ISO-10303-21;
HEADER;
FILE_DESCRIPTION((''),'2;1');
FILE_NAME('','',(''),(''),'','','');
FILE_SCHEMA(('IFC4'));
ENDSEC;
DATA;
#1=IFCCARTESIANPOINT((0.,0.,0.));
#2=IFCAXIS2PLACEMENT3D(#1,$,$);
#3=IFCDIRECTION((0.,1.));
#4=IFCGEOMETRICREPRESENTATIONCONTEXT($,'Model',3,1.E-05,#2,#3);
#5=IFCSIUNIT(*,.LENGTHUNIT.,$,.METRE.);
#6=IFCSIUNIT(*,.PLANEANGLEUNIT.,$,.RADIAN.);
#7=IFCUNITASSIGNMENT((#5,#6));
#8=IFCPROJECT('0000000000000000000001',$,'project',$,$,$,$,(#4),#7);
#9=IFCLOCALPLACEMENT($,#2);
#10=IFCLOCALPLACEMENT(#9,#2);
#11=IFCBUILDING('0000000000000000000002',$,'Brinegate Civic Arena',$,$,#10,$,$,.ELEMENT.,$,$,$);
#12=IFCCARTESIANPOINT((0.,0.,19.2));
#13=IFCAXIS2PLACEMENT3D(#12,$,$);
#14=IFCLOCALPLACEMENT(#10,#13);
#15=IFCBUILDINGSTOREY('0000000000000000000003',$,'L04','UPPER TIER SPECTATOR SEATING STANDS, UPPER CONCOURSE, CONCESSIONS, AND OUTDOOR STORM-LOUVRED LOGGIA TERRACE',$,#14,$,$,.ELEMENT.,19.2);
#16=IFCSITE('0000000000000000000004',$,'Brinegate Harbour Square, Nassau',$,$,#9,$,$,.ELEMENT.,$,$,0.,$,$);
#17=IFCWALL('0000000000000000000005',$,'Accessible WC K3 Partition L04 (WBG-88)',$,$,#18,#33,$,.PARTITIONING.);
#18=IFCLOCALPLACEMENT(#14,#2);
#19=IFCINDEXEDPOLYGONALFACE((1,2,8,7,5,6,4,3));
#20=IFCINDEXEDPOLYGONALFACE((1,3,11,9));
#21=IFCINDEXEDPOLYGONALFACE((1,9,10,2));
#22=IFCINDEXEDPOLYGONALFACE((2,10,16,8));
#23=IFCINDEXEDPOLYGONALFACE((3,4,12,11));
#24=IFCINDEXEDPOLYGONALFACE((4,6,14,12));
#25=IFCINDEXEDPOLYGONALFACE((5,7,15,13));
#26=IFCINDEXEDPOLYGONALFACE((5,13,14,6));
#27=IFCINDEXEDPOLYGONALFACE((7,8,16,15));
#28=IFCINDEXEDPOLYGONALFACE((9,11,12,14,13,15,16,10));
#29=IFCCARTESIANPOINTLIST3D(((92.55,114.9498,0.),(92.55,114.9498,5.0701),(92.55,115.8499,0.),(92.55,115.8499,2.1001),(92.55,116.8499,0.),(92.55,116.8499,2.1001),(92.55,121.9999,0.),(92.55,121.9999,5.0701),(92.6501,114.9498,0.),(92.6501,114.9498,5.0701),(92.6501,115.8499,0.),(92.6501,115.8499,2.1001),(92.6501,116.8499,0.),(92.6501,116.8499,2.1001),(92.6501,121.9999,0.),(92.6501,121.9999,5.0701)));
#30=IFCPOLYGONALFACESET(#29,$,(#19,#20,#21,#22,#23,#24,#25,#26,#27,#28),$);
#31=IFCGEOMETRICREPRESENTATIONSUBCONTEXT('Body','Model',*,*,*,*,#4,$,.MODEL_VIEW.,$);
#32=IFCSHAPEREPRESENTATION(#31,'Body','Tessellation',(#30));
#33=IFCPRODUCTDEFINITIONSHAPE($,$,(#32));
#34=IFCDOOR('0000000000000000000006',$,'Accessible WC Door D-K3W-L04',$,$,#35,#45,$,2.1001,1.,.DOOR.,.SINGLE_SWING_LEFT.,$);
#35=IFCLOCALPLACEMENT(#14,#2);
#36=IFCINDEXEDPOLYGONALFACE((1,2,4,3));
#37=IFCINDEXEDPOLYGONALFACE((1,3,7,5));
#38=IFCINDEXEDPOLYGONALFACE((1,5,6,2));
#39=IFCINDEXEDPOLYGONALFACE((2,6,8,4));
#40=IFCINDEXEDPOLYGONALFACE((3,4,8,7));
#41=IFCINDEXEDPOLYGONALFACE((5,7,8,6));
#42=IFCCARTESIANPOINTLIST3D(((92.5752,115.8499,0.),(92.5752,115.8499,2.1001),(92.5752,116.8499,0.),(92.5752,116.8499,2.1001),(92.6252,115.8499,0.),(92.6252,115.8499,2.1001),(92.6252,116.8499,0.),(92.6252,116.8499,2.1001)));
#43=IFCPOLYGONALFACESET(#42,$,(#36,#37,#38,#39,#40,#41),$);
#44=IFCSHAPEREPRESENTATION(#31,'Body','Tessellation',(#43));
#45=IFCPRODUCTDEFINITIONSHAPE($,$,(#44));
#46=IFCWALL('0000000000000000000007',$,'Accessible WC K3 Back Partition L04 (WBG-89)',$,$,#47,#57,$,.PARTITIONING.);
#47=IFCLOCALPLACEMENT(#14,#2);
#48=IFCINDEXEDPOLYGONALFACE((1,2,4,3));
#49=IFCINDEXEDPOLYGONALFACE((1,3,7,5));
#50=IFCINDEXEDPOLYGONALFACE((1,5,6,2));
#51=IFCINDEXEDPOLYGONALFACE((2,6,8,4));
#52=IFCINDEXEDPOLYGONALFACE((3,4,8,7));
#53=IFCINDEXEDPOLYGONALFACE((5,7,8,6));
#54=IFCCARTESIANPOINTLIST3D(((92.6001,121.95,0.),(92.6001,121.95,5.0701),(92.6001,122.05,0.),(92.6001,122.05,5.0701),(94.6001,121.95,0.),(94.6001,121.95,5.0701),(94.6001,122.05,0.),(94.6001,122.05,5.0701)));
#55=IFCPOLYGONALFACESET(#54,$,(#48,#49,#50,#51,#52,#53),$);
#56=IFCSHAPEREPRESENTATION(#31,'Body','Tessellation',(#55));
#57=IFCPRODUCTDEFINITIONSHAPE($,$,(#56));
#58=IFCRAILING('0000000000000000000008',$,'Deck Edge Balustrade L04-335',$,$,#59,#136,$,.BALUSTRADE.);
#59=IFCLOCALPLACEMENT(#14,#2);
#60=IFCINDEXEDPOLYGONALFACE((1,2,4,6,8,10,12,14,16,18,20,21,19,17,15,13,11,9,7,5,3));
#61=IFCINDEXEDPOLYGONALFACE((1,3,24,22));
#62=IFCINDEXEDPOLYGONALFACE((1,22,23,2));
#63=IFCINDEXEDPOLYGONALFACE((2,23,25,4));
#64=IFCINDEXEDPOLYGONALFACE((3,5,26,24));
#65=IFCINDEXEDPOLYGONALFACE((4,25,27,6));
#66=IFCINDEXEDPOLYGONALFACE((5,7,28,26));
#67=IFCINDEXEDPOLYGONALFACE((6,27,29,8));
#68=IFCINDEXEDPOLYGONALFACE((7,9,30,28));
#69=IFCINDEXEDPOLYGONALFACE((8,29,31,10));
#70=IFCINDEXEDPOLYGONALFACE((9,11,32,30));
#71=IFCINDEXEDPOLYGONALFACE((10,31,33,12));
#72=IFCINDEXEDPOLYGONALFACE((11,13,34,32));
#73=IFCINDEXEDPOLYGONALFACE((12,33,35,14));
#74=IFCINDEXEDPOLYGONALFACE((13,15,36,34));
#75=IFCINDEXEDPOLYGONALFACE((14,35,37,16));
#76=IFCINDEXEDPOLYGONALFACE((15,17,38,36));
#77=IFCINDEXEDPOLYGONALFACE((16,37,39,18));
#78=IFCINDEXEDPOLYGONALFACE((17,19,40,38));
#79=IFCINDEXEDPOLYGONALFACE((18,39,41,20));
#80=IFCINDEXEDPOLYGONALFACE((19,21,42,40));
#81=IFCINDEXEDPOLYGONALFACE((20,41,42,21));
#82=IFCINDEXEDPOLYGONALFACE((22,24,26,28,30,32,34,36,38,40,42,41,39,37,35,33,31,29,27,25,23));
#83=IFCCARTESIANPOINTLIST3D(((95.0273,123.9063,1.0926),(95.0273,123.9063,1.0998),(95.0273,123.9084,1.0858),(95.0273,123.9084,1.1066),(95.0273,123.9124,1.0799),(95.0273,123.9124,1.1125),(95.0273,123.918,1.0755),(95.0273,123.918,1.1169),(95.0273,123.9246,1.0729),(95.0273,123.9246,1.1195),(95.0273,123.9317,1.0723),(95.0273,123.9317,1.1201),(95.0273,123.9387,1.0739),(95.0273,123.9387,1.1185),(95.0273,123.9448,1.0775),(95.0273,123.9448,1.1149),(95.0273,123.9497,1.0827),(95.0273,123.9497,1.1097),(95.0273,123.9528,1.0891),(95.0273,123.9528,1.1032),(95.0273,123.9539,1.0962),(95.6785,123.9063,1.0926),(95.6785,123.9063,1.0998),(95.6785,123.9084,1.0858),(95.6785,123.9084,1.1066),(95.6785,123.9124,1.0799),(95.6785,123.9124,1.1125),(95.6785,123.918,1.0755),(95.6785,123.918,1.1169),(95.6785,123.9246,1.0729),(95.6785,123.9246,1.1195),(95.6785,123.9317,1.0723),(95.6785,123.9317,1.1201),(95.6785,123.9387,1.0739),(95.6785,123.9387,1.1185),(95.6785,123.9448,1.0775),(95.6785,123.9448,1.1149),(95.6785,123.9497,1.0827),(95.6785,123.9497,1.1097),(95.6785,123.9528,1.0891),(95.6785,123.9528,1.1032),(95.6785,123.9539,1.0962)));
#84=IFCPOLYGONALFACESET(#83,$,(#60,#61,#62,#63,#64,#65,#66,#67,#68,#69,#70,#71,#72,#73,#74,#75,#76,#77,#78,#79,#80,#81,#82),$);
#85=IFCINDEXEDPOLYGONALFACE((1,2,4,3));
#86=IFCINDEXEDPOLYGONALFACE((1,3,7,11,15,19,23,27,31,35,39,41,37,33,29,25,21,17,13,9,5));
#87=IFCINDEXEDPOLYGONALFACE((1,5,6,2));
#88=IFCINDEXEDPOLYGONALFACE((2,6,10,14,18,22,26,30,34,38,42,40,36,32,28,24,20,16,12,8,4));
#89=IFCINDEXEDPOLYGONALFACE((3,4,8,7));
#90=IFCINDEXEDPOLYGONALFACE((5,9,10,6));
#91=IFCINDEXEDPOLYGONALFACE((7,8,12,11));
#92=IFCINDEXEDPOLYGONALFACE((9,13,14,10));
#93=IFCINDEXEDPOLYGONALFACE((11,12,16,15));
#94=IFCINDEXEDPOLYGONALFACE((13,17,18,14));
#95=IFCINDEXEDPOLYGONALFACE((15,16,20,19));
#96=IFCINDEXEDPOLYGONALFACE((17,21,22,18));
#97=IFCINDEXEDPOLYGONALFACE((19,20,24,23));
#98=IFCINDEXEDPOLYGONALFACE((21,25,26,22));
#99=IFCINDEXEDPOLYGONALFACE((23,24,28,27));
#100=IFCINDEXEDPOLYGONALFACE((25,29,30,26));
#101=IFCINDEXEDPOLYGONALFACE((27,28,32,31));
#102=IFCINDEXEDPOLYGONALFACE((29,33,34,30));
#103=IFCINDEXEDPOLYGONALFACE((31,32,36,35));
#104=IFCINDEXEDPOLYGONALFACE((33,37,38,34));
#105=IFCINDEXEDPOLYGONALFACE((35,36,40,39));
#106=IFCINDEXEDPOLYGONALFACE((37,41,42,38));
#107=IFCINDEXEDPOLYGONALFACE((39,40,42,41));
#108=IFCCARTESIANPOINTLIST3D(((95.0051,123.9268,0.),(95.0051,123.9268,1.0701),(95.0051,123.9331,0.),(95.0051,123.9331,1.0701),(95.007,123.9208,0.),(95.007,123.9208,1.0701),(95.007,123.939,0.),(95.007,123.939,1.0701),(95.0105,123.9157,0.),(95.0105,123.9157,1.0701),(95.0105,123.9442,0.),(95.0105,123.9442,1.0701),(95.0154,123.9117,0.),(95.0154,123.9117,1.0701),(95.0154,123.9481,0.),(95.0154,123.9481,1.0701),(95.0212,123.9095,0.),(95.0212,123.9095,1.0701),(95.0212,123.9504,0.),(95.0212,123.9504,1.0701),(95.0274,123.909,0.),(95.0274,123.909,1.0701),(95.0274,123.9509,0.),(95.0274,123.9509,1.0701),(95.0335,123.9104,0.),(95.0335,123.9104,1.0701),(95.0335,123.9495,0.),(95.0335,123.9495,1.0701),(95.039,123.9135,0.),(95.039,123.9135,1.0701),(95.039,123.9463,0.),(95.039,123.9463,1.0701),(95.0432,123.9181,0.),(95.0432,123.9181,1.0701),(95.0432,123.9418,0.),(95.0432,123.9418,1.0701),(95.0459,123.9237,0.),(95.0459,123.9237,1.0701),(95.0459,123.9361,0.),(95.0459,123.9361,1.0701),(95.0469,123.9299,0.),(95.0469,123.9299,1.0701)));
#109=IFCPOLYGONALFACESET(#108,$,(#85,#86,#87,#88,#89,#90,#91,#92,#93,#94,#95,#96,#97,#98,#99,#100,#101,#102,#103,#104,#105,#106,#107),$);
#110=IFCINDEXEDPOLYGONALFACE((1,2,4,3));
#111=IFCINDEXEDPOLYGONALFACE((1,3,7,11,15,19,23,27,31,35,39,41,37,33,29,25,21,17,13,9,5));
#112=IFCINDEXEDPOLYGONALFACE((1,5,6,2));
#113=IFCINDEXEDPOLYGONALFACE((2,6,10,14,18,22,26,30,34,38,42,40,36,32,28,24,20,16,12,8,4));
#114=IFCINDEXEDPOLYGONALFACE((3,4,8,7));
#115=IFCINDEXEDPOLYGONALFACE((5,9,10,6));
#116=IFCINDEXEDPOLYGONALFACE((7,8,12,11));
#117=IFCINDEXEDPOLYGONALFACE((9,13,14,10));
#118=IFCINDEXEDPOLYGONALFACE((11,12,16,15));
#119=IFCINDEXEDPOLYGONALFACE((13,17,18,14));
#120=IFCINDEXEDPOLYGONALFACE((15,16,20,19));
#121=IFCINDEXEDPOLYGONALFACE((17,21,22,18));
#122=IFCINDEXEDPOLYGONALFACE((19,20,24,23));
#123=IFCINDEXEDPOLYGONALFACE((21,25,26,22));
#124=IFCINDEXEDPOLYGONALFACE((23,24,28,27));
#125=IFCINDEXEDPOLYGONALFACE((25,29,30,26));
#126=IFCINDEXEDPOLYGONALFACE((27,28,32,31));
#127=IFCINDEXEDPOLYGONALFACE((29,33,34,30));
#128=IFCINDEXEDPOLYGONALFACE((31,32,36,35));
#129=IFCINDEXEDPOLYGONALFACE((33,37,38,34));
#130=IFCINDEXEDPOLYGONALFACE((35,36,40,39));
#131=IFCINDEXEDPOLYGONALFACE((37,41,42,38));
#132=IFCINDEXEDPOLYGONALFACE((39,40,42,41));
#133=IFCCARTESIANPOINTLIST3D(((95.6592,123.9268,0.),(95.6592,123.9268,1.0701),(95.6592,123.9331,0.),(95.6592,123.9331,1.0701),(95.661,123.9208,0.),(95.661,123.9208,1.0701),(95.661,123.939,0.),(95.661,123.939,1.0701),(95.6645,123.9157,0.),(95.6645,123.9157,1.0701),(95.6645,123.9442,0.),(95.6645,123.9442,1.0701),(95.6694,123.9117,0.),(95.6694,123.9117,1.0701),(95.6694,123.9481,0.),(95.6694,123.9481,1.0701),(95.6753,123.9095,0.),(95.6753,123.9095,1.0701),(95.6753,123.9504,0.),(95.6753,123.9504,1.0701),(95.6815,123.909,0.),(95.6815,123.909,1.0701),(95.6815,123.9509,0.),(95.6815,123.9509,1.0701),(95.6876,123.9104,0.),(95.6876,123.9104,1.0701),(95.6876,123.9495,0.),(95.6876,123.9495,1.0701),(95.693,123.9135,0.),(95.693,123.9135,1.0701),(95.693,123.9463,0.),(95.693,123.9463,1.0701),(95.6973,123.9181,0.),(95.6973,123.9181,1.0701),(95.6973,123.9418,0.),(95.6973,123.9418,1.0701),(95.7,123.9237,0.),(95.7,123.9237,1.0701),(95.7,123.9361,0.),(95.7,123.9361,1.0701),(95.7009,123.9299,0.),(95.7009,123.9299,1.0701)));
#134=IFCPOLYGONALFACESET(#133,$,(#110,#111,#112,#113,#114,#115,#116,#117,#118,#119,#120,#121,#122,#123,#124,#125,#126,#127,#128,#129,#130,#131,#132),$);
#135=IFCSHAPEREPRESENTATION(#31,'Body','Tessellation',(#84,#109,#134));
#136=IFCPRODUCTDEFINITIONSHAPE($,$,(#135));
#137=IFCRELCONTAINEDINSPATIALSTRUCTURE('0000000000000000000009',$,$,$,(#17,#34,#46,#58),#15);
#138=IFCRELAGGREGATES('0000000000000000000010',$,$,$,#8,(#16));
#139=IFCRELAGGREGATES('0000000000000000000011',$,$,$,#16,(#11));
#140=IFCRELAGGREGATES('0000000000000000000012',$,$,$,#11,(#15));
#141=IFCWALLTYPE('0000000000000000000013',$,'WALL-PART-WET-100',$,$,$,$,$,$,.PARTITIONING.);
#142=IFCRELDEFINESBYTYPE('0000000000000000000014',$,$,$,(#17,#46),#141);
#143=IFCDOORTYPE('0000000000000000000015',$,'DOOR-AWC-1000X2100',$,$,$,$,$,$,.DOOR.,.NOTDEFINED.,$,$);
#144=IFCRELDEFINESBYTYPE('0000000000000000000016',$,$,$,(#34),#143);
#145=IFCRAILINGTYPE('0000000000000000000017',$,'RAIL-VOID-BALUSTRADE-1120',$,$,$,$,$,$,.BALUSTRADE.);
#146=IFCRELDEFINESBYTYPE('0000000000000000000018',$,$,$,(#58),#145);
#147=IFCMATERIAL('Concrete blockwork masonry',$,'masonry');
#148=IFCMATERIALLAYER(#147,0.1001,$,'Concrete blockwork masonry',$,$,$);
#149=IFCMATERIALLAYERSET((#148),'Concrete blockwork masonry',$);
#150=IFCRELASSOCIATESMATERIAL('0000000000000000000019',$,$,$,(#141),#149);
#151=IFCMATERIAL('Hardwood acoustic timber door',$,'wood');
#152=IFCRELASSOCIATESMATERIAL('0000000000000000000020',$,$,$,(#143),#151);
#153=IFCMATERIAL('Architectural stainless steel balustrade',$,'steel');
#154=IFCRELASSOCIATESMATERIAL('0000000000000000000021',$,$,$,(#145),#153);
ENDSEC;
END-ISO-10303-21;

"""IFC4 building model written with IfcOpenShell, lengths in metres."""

from ifc_helpers import new_model, si_unit, direction, frame, frame_2d, origin, origin_2d, place, context, subcontext, project, spatial, rectangle, circle, extrude, material, layer, layer_set, type_object, element, fill, save


model = new_model("IFC4")

# Units and contexts
model_context = context("Model", 3, precision=1e-05, world=origin(), true_north=direction((0.0, 1.0)))
body_context = subcontext(model_context, "Body", "Model", "MODEL_VIEW")
ifc_project = project(units=[si_unit("LENGTHUNIT", "METRE"), si_unit("PLANEANGLEUNIT", "RADIAN")], contexts=[model_context])

# Site, building, storey
site_placement = place(None, origin())
site = spatial("IfcSite", under=ifc_project, at=site_placement, Name="Brinegate Harbour Square, Nassau", CompositionType="ELEMENT", RefElevation=0.0)
building_placement = place(site_placement, origin())
building = spatial("IfcBuilding", under=site, at=building_placement, Name="Brinegate Civic Arena", CompositionType="ELEMENT")
storey_placement = place(building_placement, frame((0.0, 0.0, 19.2)))
storey = spatial("IfcBuildingStorey", under=building, at=storey_placement, Name="L04", Description="UPPER TIER SPECTATOR SEATING STANDS, UPPER CONCOURSE, CONCESSIONS, AND OUTDOOR STORM-LOUVRED LOGGIA TERRACE", CompositionType="ELEMENT", Elevation=19.2)

# Shared definitions
ifc_material_1 = material(Name="Architectural stainless steel balustrade", Category="steel")

# Wall, opening, door
ifc_material_2 = material(Name="Concrete blockwork masonry", Category="masonry")
ifc_layer_1 = layer(ifc_material_2, 0.1001, Name="Concrete blockwork masonry")
ifc_layer_set_1 = layer_set([ifc_layer_1], Name="Concrete blockwork masonry")
wall_type_1 = type_object("IfcWallType", Name="WALL-PART-WET-100", PredefinedType="PARTITIONING", material=ifc_layer_set_1)
wall_1_placement = place(storey_placement, frame((92.6001, 114.95, 0.0), z_axis=(0.0, 0.0, 1.0), x_axis=(0.0, 1.0, 0.0)))
wall_1 = element("IfcWall", 1, at=wall_1_placement, inside=storey, type_object=wall_type_1, Name="Accessible WC K3 Partition L04 (WBG-88)", PredefinedType="PARTITIONING", context=body_context, shape_type="SweptSolid", body=[
    extrude(rectangle(XDim=7.05, YDim=0.1001, at=frame_2d((3.5249, 0.0))), origin(), (0.0, 0.0, 1.0), 5.0701),
])
opening_1_placement = place(wall_1_placement, frame((0.8999, 0.0, 0.0)))
opening_1 = element("IfcOpeningElement", 2, at=opening_1_placement, cuts=wall_1, PredefinedType="OPENING", context=body_context, shape_type="SweptSolid", body=[
    extrude(rectangle(XDim=1.0, YDim=2.1001, at=frame_2d((0.5, 1.05))), frame((0.0, 0.0601, 0.0), z_axis=(0.0, -1.0, 0.0), x_axis=(1.0, 0.0, 0.0)), (0.0, 0.0, 1.0), 0.1201),
])
ifc_material_3 = material(Name="Hardwood acoustic timber door", Category="wood")
door_type_1 = type_object("IfcDoorType", Name="DOOR-AWC-1000X2100", OperationType="NOTDEFINED", PredefinedType="DOOR", material=ifc_material_3)
door_1_placement = place(opening_1_placement, origin())
door_1 = element("IfcDoor", 3, at=door_1_placement, inside=storey, type_object=door_type_1, Name="Accessible WC Door D-K3W-L04", OperationType="SINGLE_SWING_LEFT", OverallHeight=2.1001, OverallWidth=1.0, PredefinedType="DOOR", context=body_context, shape_type="SweptSolid", body=[
    extrude(rectangle(XDim=1.0, YDim=2.1001, at=frame_2d((0.5, 1.05))), frame((0.0, 0.0249, 0.0), z_axis=(0.0, -1.0, 0.0), x_axis=(1.0, 0.0, 0.0)), (0.0, 0.0, 1.0), 0.05),
])
fill(opening_1, door_1)

# Wall
wall_2_placement = place(storey_placement, frame((92.6001, 122.0, 0.0), z_axis=(0.0, 0.0, 1.0), x_axis=(1.0, 0.0, 0.0)))
element("IfcWall", 4, at=wall_2_placement, inside=storey, type_object=wall_type_1, Name="Accessible WC K3 Back Partition L04 (WBG-89)", PredefinedType="PARTITIONING", context=body_context, shape_type="SweptSolid", body=[
    extrude(rectangle(XDim=2.0, YDim=0.1001, at=frame_2d((1.0, 0.0))), origin(), (0.0, 0.0, 1.0), 5.0701),
])

# Railing
railing_type_1 = type_object("IfcRailingType", Name="RAIL-VOID-BALUSTRADE-1120", PredefinedType="BALUSTRADE", material=ifc_material_1)
for number, where, name in (
    (5, (95.0259, 123.9299, 0.0), "Deck Edge Balustrade L04-335"),
):
    element("IfcRailing", number, at=place(storey_placement, frame(where)), inside=storey, type_object=railing_type_1, Name=name, PredefinedType="BALUSTRADE", context=body_context, shape_type="SweptSolid", body=[
        extrude(circle(Radius=0.0239, at=origin_2d()), frame((0.0015, 0.0, 1.0962), z_axis=(1.0, 0.0, 0.0), x_axis=(0.0, 1.0, 0.0)), (0.0, 0.0, 1.0), 0.6511),
        extrude(circle(Radius=0.021, at=origin_2d()), origin(), (0.0, 0.0, 1.0), 1.0701),
        extrude(circle(Radius=0.021, at=origin_2d()), frame((0.6541, 0.0, 0.0)), (0.0, 0.0, 1.0), 1.0701),
    ])

save(model, "model.ifc")
